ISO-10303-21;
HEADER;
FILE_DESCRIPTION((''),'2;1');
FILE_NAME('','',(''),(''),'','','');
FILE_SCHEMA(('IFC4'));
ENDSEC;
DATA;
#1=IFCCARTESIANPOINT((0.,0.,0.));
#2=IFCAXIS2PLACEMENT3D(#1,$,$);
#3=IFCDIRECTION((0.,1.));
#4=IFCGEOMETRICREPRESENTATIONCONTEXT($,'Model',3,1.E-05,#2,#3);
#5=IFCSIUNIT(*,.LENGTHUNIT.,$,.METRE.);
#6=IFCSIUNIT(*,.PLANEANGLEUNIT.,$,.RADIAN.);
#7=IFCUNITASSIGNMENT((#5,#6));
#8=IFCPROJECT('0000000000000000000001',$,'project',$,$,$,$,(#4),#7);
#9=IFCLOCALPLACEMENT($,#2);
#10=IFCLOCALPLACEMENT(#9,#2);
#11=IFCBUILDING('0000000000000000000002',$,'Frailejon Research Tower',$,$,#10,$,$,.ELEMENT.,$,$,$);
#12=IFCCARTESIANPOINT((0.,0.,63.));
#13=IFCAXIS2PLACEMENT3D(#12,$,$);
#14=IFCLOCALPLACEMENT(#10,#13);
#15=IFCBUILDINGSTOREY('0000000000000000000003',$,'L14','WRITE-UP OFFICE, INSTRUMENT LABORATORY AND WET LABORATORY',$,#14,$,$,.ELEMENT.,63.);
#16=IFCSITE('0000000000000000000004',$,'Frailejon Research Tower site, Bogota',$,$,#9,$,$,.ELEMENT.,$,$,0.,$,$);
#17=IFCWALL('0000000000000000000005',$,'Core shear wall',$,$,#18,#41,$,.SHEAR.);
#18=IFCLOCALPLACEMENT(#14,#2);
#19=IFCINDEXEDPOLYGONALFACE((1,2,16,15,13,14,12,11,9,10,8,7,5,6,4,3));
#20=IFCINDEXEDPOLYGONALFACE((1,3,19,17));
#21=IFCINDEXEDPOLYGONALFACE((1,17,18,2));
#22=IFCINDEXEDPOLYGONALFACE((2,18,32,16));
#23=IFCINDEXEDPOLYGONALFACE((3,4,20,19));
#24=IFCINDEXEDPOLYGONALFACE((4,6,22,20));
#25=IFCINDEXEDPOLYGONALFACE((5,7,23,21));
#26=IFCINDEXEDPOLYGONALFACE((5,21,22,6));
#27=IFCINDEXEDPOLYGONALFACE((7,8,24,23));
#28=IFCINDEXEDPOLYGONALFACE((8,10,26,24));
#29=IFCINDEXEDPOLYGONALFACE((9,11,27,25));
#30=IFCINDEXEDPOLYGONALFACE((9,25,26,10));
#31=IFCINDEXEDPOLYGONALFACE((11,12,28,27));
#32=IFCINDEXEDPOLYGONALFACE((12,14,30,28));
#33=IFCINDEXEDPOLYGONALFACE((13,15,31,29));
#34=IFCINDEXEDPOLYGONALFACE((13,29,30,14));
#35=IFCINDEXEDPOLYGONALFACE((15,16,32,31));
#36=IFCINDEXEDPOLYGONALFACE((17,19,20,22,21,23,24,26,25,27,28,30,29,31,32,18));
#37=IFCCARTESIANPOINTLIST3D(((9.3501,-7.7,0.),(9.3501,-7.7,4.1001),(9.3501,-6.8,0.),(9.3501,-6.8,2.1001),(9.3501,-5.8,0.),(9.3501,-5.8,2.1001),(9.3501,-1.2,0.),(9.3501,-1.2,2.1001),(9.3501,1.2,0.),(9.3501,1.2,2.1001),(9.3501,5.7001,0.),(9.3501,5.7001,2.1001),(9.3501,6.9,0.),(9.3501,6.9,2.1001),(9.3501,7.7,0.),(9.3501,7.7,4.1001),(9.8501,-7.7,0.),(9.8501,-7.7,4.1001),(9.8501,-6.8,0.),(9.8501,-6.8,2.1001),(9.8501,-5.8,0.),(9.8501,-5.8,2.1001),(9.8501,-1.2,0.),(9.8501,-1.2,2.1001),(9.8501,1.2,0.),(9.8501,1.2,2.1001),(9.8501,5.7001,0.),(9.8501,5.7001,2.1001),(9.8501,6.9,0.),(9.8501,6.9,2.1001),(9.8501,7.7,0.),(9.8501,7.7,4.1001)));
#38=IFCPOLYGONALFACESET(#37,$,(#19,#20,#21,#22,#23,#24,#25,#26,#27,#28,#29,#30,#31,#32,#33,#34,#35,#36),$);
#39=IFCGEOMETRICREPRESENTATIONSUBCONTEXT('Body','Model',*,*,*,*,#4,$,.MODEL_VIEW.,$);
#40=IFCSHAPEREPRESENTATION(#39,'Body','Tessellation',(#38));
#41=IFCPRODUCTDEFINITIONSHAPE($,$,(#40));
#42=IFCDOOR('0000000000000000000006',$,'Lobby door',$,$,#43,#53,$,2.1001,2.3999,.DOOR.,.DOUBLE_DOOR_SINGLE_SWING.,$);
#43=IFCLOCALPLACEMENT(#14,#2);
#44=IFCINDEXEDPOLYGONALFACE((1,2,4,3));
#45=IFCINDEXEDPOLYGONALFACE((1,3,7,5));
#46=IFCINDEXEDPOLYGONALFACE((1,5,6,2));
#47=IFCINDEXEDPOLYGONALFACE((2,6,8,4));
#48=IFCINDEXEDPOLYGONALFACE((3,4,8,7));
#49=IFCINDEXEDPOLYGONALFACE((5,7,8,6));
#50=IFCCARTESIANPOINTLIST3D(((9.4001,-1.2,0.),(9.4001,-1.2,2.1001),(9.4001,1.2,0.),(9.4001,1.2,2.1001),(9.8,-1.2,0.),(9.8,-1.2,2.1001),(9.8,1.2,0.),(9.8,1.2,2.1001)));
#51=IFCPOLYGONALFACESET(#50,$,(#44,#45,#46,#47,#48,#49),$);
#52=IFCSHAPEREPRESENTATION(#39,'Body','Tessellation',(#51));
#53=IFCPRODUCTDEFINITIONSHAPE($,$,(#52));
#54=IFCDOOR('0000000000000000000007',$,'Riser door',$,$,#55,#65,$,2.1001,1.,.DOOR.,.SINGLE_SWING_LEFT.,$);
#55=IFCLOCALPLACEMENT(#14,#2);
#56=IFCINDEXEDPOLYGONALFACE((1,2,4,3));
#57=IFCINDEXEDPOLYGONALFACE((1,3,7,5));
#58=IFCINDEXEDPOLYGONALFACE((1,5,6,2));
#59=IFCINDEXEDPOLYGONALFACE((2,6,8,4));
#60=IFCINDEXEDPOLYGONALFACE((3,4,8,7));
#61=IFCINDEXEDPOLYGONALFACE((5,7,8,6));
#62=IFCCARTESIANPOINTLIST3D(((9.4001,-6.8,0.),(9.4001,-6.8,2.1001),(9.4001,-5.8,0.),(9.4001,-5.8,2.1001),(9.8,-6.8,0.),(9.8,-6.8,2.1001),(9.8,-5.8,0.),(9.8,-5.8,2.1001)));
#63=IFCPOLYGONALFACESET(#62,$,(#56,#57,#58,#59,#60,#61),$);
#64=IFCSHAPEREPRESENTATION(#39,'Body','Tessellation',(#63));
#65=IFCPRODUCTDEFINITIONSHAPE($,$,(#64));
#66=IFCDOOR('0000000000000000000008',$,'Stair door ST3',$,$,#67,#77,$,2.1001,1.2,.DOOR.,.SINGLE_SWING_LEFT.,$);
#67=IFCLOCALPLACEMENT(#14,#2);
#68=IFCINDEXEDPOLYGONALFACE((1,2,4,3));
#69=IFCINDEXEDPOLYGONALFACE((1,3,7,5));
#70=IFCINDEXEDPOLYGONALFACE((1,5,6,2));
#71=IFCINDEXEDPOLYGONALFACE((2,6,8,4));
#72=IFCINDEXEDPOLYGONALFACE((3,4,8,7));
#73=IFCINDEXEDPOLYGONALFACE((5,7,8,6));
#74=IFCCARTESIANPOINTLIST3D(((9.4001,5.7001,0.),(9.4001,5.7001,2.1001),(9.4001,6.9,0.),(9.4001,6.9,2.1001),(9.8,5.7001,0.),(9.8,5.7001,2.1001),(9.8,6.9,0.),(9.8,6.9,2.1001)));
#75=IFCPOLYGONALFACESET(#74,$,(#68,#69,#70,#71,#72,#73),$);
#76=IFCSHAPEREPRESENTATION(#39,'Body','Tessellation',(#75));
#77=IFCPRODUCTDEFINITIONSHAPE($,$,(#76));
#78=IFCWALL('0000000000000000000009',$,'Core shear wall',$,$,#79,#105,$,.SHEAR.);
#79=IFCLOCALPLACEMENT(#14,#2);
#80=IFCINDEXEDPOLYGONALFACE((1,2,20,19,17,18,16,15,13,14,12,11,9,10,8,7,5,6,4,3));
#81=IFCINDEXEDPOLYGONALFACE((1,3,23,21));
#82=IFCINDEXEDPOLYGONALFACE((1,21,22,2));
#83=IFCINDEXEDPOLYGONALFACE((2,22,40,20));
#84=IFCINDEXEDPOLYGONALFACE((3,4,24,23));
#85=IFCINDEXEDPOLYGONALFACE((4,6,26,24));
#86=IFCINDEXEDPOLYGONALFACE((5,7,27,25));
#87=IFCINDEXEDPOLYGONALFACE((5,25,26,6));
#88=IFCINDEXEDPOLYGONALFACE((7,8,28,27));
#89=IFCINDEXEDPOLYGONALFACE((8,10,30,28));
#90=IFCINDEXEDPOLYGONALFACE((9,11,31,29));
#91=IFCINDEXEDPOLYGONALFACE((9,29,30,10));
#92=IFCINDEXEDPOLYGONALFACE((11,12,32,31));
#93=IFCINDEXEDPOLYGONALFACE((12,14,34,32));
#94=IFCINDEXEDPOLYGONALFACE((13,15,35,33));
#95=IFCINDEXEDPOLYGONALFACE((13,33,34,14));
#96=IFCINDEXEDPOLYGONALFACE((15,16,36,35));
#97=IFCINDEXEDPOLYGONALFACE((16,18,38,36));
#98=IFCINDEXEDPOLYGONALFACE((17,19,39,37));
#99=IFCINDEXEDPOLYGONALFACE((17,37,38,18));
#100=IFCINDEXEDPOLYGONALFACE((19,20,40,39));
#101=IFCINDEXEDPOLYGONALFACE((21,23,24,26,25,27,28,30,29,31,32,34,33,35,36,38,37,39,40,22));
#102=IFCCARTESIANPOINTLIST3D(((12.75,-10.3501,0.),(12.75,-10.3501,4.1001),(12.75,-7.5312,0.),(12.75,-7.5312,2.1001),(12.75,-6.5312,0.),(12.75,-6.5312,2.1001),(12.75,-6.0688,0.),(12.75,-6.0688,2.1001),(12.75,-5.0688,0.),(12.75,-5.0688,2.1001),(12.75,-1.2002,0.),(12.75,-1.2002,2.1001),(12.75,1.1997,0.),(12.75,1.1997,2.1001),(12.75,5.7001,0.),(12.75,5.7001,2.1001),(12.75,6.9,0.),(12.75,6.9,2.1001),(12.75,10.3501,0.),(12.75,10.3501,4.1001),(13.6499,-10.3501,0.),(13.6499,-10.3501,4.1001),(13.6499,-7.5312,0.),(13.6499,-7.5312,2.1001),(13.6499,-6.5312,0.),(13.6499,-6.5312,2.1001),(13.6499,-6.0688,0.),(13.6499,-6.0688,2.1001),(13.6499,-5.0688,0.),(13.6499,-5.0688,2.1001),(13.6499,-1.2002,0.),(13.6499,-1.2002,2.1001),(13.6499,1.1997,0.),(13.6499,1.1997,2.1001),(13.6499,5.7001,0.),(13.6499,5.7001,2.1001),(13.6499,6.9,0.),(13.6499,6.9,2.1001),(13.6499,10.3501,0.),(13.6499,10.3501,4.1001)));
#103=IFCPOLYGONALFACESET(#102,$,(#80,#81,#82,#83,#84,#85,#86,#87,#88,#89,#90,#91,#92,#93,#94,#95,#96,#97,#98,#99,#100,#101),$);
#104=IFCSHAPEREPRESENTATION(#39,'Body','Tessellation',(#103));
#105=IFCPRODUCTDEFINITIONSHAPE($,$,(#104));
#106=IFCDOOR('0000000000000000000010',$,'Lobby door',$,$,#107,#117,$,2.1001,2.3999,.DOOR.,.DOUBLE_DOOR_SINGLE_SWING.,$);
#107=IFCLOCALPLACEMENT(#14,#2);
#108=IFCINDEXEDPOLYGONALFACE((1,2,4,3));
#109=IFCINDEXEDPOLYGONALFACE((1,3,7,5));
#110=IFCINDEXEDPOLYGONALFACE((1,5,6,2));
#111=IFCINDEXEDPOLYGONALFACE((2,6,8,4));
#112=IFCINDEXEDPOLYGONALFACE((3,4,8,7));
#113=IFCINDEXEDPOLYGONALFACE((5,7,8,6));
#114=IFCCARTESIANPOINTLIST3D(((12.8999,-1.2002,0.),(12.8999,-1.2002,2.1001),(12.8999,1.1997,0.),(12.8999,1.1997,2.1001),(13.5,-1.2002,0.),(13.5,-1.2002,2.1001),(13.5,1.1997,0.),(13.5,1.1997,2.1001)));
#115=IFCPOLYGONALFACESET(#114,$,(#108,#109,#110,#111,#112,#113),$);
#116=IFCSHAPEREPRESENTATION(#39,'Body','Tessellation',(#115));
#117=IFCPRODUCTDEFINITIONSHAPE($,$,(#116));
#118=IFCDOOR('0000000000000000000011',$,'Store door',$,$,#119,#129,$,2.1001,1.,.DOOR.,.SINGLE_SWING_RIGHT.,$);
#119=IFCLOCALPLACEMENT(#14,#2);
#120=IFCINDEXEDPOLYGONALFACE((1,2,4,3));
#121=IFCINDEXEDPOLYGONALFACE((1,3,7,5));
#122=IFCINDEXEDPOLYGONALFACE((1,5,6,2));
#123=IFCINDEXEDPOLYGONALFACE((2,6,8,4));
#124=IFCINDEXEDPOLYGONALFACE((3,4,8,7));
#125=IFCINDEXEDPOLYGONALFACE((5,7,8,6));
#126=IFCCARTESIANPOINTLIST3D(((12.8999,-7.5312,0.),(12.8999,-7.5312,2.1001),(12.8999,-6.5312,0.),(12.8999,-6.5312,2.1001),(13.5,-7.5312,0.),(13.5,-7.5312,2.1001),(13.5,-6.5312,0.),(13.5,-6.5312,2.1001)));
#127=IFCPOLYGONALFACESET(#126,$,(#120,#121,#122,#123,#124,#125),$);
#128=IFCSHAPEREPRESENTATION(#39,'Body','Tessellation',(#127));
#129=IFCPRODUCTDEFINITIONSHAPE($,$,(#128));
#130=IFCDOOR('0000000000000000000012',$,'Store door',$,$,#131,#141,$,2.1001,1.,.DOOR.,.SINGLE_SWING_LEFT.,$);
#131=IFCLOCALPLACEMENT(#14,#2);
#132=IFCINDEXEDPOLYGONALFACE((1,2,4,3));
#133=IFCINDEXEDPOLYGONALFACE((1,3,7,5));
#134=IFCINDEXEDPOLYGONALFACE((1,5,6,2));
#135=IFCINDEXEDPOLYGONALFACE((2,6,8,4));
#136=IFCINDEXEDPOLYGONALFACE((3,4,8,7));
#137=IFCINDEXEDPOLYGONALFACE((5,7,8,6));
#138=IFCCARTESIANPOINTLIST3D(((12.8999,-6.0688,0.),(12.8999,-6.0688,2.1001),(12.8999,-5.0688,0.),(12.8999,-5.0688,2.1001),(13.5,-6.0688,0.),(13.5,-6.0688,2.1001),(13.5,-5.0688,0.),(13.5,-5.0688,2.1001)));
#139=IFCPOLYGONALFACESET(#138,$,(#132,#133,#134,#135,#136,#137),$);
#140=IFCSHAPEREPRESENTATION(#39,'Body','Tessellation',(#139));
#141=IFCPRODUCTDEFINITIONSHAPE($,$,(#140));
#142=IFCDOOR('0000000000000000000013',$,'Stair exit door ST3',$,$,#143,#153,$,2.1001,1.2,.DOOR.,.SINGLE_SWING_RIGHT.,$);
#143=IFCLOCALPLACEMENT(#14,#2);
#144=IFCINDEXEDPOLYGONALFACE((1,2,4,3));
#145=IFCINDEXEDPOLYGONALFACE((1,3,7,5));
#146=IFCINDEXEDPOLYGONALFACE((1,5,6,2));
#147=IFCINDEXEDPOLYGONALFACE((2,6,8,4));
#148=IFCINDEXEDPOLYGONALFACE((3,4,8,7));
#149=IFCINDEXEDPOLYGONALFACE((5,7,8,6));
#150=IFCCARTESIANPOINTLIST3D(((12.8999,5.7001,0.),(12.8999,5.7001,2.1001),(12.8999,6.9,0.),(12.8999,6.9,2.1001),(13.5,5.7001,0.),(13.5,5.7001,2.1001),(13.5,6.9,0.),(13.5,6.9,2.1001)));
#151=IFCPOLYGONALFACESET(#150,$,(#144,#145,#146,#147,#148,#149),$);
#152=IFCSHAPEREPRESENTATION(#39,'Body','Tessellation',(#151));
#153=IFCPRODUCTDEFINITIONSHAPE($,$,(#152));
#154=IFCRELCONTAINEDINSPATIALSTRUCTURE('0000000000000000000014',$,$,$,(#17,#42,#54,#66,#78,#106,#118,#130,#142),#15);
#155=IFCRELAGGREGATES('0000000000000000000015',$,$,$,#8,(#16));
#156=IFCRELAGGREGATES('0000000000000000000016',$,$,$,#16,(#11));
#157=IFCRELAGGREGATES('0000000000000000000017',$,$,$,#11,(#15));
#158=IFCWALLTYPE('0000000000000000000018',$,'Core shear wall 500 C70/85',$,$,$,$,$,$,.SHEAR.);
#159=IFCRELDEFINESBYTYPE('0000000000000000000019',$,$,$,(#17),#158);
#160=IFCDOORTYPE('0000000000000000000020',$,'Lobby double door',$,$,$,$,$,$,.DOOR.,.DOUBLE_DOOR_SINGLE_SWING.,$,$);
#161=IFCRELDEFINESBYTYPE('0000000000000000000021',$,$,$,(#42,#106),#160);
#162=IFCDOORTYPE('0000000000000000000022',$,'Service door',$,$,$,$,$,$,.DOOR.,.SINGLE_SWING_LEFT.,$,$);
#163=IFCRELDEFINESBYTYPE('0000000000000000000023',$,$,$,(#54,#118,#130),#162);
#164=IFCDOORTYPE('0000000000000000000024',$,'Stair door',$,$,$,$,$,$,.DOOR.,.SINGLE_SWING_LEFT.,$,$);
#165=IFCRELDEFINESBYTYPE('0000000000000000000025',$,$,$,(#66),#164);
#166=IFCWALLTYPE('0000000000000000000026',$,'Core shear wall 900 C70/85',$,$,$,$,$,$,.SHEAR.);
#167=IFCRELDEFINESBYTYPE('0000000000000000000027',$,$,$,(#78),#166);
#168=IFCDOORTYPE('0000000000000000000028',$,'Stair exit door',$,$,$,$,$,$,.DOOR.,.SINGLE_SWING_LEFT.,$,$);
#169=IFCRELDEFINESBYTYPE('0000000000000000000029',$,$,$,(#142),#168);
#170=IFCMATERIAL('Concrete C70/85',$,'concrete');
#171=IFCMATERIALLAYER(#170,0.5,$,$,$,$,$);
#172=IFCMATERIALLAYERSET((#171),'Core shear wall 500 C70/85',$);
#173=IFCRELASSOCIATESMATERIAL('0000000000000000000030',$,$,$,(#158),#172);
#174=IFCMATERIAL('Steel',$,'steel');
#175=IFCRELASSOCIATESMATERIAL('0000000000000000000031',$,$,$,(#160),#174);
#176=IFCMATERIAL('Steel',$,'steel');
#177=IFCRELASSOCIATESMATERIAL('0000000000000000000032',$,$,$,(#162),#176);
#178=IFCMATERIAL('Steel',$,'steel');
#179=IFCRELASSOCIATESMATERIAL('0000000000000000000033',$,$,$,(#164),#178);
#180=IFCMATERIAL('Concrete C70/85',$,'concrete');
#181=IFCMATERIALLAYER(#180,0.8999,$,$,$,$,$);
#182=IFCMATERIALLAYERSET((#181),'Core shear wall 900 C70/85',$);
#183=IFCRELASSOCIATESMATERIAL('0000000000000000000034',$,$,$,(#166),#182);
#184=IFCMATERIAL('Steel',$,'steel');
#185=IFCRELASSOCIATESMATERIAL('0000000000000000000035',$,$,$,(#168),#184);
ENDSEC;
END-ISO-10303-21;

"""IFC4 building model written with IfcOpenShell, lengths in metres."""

from ifc_helpers import new_model, si_unit, direction, frame, frame_2d, origin, place, context, subcontext, project, spatial, rectangle, extrude, material, layer, layer_set, type_object, element, fill, save


model = new_model("IFC4")

# Units and contexts
model_context = context("Model", 3, precision=1e-05, world=origin(), true_north=direction((0.0, 1.0)))
body_context = subcontext(model_context, "Body", "Model", "MODEL_VIEW")
ifc_project = project(units=[si_unit("LENGTHUNIT", "METRE"), si_unit("PLANEANGLEUNIT", "RADIAN")], contexts=[model_context])

# Site, building, storey
site_placement = place(None, origin())
site = spatial("IfcSite", under=ifc_project, at=site_placement, Name="Frailejon Research Tower site, Bogota", CompositionType="ELEMENT", RefElevation=0.0)
building_placement = place(site_placement, origin())
building = spatial("IfcBuilding", under=site, at=building_placement, Name="Frailejon Research Tower", CompositionType="ELEMENT")
storey_placement = place(building_placement, frame((0.0, 0.0, 63.0)))
storey = spatial("IfcBuildingStorey", under=building, at=storey_placement, Name="L14", Description="WRITE-UP OFFICE, INSTRUMENT LABORATORY AND WET LABORATORY", CompositionType="ELEMENT", Elevation=63.0)

# Walls, openings, doors
ifc_material_1 = material(Name="Concrete C70/85", Category="concrete")
ifc_layer_1 = layer(ifc_material_1, 0.5)
ifc_layer_set_1 = layer_set([ifc_layer_1], Name="Core shear wall 500 C70/85")
wall_type_1 = type_object("IfcWallType", Name="Core shear wall 500 C70/85", PredefinedType="SHEAR", material=ifc_layer_set_1)
wall_1_placement = place(storey_placement, frame((9.6001, -7.7, 0.0), z_axis=(0.0, 0.0, 1.0), x_axis=(0.0, 1.0, 0.0)))
wall_1 = element("IfcWall", 1, at=wall_1_placement, inside=storey, type_object=wall_type_1, Name="Core shear wall", PredefinedType="SHEAR", context=body_context, shape_type="SweptSolid", body=[
    extrude(rectangle(XDim=15.3999, YDim=0.5, at=frame_2d((7.7, 0.0))), origin(), (0.0, 0.0, 1.0), 4.1001),
])
opening_1_placement = place(wall_1_placement, frame((6.5, 0.0, 0.0)))
opening_1 = element("IfcOpeningElement", 2, at=opening_1_placement, cuts=wall_1, PredefinedType="OPENING", context=body_context, shape_type="SweptSolid", body=[
    extrude(rectangle(XDim=2.3999, YDim=2.1001, at=frame_2d((1.2, 1.05))), frame((0.0, 0.26, 0.0), z_axis=(0.0, -1.0, 0.0), x_axis=(1.0, 0.0, 0.0)), (0.0, 0.0, 1.0), 0.52),
])
opening_2_placement = place(wall_1_placement, frame((13.3999, 0.0, 0.0)))
opening_2 = element("IfcOpeningElement", 3, at=opening_2_placement, cuts=wall_1, PredefinedType="OPENING", context=body_context, shape_type="SweptSolid", body=[
    extrude(rectangle(XDim=1.2, YDim=2.1001, at=frame_2d((0.6001, 1.05))), frame((0.0, 0.26, 0.0), z_axis=(0.0, -1.0, 0.0), x_axis=(1.0, 0.0, 0.0)), (0.0, 0.0, 1.0), 0.52),
])
opening_3_placement = place(wall_1_placement, frame((0.8999, 0.0, 0.0)))
opening_3 = element("IfcOpeningElement", 4, at=opening_3_placement, cuts=wall_1, PredefinedType="OPENING", context=body_context, shape_type="SweptSolid", body=[
    extrude(rectangle(XDim=1.0, YDim=2.1001, at=frame_2d((0.5, 1.05))), frame((0.0, 0.26, 0.0), z_axis=(0.0, -1.0, 0.0), x_axis=(1.0, 0.0, 0.0)), (0.0, 0.0, 1.0), 0.52),
])
ifc_material_2 = material(Name="Steel", Category="steel")
door_type_1 = type_object("IfcDoorType", Name="Lobby double door", OperationType="DOUBLE_DOOR_SINGLE_SWING", PredefinedType="DOOR", material=ifc_material_2)
door_1_placement = place(opening_1_placement, origin())
door_1 = element("IfcDoor", 5, at=door_1_placement, inside=storey, type_object=door_type_1, Name="Lobby door", OperationType="DOUBLE_DOOR_SINGLE_SWING", OverallHeight=2.1001, OverallWidth=2.3999, PredefinedType="DOOR", context=body_context, shape_type="SweptSolid", body=[
    extrude(rectangle(XDim=2.3999, YDim=2.1001, at=frame_2d((1.2, 1.05))), frame((0.0, 0.2, 0.0), z_axis=(0.0, -1.0, 0.0), x_axis=(1.0, 0.0, 0.0)), (0.0, 0.0, 1.0), 0.3999),
])
fill(opening_1, door_1)
ifc_material_3 = material(Name="Steel", Category="steel")
door_type_2 = type_object("IfcDoorType", Name="Service door", OperationType="SINGLE_SWING_LEFT", PredefinedType="DOOR", material=ifc_material_3)
door_2_placement = place(opening_3_placement, origin())
door_2 = element("IfcDoor", 6, at=door_2_placement, inside=storey, type_object=door_type_2, Name="Riser door", OperationType="SINGLE_SWING_LEFT", OverallHeight=2.1001, OverallWidth=1.0, PredefinedType="DOOR", context=body_context, shape_type="SweptSolid", body=[
    extrude(rectangle(XDim=1.0, YDim=2.1001, at=frame_2d((0.5, 1.05))), frame((0.0, 0.2, 0.0), z_axis=(0.0, -1.0, 0.0), x_axis=(1.0, 0.0, 0.0)), (0.0, 0.0, 1.0), 0.3999),
])
fill(opening_3, door_2)
ifc_material_4 = material(Name="Steel", Category="steel")
door_type_3 = type_object("IfcDoorType", Name="Stair door", OperationType="SINGLE_SWING_LEFT", PredefinedType="DOOR", material=ifc_material_4)
door_3_placement = place(opening_2_placement, origin())
door_3 = element("IfcDoor", 7, at=door_3_placement, inside=storey, type_object=door_type_3, Name="Stair door ST3", OperationType="SINGLE_SWING_LEFT", OverallHeight=2.1001, OverallWidth=1.2, PredefinedType="DOOR", context=body_context, shape_type="SweptSolid", body=[
    extrude(rectangle(XDim=1.2, YDim=2.1001, at=frame_2d((0.6001, 1.05))), frame((0.0, 0.2, 0.0), z_axis=(0.0, -1.0, 0.0), x_axis=(1.0, 0.0, 0.0)), (0.0, 0.0, 1.0), 0.3999),
])
fill(opening_2, door_3)
ifc_material_5 = material(Name="Concrete C70/85", Category="concrete")
ifc_layer_2 = layer(ifc_material_5, 0.8999)
ifc_layer_set_2 = layer_set([ifc_layer_2], Name="Core shear wall 900 C70/85")
wall_type_2 = type_object("IfcWallType", Name="Core shear wall 900 C70/85", PredefinedType="SHEAR", material=ifc_layer_set_2)
wall_2_placement = place(storey_placement, frame((13.2, -10.3501, 0.0), z_axis=(0.0, 0.0, 1.0), x_axis=(0.0, 1.0, 0.0)))
wall_2 = element("IfcWall", 8, at=wall_2_placement, inside=storey, type_object=wall_type_2, Name="Core shear wall", PredefinedType="SHEAR", context=body_context, shape_type="SweptSolid", body=[
    extrude(rectangle(XDim=20.7002, YDim=0.8999, at=frame_2d((10.3501, 0.0))), origin(), (0.0, 0.0, 1.0), 4.1001),
])
opening_4_placement = place(wall_2_placement, frame((9.1499, 0.0, 0.0)))
opening_4 = element("IfcOpeningElement", 9, at=opening_4_placement, cuts=wall_2, PredefinedType="OPENING", context=body_context, shape_type="SweptSolid", body=[
    extrude(rectangle(XDim=2.3999, YDim=2.1001, at=frame_2d((1.2, 1.05))), frame((0.0, 0.46, 0.0), z_axis=(0.0, -1.0, 0.0), x_axis=(1.0, 0.0, 0.0)), (0.0, 0.0, 1.0), 0.9199),
])
opening_5_placement = place(wall_2_placement, frame((16.05, 0.0, 0.0)))
opening_5 = element("IfcOpeningElement", 10, at=opening_5_placement, cuts=wall_2, PredefinedType="OPENING", context=body_context, shape_type="SweptSolid", body=[
    extrude(rectangle(XDim=1.2, YDim=2.1001, at=frame_2d((0.6001, 1.05))), frame((0.0, 0.46, 0.0), z_axis=(0.0, -1.0, 0.0), x_axis=(1.0, 0.0, 0.0)), (0.0, 0.0, 1.0), 0.9199),
])
opening_6_placement = place(wall_2_placement, frame((2.8188, 0.0, 0.0)))
opening_6 = element("IfcOpeningElement", 11, at=opening_6_placement, cuts=wall_2, PredefinedType="OPENING", context=body_context, shape_type="SweptSolid", body=[
    extrude(rectangle(XDim=1.0, YDim=2.1001, at=frame_2d((0.5, 1.05))), frame((0.0, 0.46, 0.0), z_axis=(0.0, -1.0, 0.0), x_axis=(1.0, 0.0, 0.0)), (0.0, 0.0, 1.0), 0.9199),
])
opening_7_placement = place(wall_2_placement, frame((4.2812, 0.0, 0.0)))
opening_7 = element("IfcOpeningElement", 12, at=opening_7_placement, cuts=wall_2, PredefinedType="OPENING", context=body_context, shape_type="SweptSolid", body=[
    extrude(rectangle(XDim=1.0, YDim=2.1001, at=frame_2d((0.5, 1.05))), frame((0.0, 0.46, 0.0), z_axis=(0.0, -1.0, 0.0), x_axis=(1.0, 0.0, 0.0)), (0.0, 0.0, 1.0), 0.9199),
])
door_4_placement = place(opening_4_placement, origin())
door_4 = element("IfcDoor", 13, at=door_4_placement, inside=storey, type_object=door_type_1, Name="Lobby door", OperationType="DOUBLE_DOOR_SINGLE_SWING", OverallHeight=2.1001, OverallWidth=2.3999, PredefinedType="DOOR", context=body_context, shape_type="SweptSolid", body=[
    extrude(rectangle(XDim=2.3999, YDim=2.1001, at=frame_2d((1.2, 1.05))), frame((0.0, 0.3, 0.0), z_axis=(0.0, -1.0, 0.0), x_axis=(1.0, 0.0, 0.0)), (0.0, 0.0, 1.0), 0.6001),
])
fill(opening_4, door_4)
door_5_placement = place(opening_6_placement, origin())
door_5 = element("IfcDoor", 14, at=door_5_placement, inside=storey, type_object=door_type_2, Name="Store door", OperationType="SINGLE_SWING_RIGHT", OverallHeight=2.1001, OverallWidth=1.0, PredefinedType="DOOR", context=body_context, shape_type="SweptSolid", body=[
    extrude(rectangle(XDim=1.0, YDim=2.1001, at=frame_2d((0.5, 1.05))), frame((0.0, 0.3, 0.0), z_axis=(0.0, -1.0, 0.0), x_axis=(1.0, 0.0, 0.0)), (0.0, 0.0, 1.0), 0.6001),
])
fill(opening_6, door_5)
door_6_placement = place(opening_7_placement, origin())
door_6 = element("IfcDoor", 15, at=door_6_placement, inside=storey, type_object=door_type_2, Name="Store door", OperationType="SINGLE_SWING_LEFT", OverallHeight=2.1001, OverallWidth=1.0, PredefinedType="DOOR", context=body_context, shape_type="SweptSolid", body=[
    extrude(rectangle(XDim=1.0, YDim=2.1001, at=frame_2d((0.5, 1.05))), frame((0.0, 0.3, 0.0), z_axis=(0.0, -1.0, 0.0), x_axis=(1.0, 0.0, 0.0)), (0.0, 0.0, 1.0), 0.6001),
])
fill(opening_7, door_6)
ifc_material_6 = material(Name="Steel", Category="steel")
door_type_4 = type_object("IfcDoorType", Name="Stair exit door", OperationType="SINGLE_SWING_LEFT", PredefinedType="DOOR", material=ifc_material_6)
door_7_placement = place(opening_5_placement, origin())
door_7 = element("IfcDoor", 16, at=door_7_placement, inside=storey, type_object=door_type_4, Name="Stair exit door ST3", OperationType="SINGLE_SWING_RIGHT", OverallHeight=2.1001, OverallWidth=1.2, PredefinedType="DOOR", context=body_context, shape_type="SweptSolid", body=[
    extrude(rectangle(XDim=1.2, YDim=2.1001, at=frame_2d((0.6001, 1.05))), frame((0.0, 0.3, 0.0), z_axis=(0.0, -1.0, 0.0), x_axis=(1.0, 0.0, 0.0)), (0.0, 0.0, 1.0), 0.6001),
])
fill(opening_5, door_7)

save(model, "model.ifc")
